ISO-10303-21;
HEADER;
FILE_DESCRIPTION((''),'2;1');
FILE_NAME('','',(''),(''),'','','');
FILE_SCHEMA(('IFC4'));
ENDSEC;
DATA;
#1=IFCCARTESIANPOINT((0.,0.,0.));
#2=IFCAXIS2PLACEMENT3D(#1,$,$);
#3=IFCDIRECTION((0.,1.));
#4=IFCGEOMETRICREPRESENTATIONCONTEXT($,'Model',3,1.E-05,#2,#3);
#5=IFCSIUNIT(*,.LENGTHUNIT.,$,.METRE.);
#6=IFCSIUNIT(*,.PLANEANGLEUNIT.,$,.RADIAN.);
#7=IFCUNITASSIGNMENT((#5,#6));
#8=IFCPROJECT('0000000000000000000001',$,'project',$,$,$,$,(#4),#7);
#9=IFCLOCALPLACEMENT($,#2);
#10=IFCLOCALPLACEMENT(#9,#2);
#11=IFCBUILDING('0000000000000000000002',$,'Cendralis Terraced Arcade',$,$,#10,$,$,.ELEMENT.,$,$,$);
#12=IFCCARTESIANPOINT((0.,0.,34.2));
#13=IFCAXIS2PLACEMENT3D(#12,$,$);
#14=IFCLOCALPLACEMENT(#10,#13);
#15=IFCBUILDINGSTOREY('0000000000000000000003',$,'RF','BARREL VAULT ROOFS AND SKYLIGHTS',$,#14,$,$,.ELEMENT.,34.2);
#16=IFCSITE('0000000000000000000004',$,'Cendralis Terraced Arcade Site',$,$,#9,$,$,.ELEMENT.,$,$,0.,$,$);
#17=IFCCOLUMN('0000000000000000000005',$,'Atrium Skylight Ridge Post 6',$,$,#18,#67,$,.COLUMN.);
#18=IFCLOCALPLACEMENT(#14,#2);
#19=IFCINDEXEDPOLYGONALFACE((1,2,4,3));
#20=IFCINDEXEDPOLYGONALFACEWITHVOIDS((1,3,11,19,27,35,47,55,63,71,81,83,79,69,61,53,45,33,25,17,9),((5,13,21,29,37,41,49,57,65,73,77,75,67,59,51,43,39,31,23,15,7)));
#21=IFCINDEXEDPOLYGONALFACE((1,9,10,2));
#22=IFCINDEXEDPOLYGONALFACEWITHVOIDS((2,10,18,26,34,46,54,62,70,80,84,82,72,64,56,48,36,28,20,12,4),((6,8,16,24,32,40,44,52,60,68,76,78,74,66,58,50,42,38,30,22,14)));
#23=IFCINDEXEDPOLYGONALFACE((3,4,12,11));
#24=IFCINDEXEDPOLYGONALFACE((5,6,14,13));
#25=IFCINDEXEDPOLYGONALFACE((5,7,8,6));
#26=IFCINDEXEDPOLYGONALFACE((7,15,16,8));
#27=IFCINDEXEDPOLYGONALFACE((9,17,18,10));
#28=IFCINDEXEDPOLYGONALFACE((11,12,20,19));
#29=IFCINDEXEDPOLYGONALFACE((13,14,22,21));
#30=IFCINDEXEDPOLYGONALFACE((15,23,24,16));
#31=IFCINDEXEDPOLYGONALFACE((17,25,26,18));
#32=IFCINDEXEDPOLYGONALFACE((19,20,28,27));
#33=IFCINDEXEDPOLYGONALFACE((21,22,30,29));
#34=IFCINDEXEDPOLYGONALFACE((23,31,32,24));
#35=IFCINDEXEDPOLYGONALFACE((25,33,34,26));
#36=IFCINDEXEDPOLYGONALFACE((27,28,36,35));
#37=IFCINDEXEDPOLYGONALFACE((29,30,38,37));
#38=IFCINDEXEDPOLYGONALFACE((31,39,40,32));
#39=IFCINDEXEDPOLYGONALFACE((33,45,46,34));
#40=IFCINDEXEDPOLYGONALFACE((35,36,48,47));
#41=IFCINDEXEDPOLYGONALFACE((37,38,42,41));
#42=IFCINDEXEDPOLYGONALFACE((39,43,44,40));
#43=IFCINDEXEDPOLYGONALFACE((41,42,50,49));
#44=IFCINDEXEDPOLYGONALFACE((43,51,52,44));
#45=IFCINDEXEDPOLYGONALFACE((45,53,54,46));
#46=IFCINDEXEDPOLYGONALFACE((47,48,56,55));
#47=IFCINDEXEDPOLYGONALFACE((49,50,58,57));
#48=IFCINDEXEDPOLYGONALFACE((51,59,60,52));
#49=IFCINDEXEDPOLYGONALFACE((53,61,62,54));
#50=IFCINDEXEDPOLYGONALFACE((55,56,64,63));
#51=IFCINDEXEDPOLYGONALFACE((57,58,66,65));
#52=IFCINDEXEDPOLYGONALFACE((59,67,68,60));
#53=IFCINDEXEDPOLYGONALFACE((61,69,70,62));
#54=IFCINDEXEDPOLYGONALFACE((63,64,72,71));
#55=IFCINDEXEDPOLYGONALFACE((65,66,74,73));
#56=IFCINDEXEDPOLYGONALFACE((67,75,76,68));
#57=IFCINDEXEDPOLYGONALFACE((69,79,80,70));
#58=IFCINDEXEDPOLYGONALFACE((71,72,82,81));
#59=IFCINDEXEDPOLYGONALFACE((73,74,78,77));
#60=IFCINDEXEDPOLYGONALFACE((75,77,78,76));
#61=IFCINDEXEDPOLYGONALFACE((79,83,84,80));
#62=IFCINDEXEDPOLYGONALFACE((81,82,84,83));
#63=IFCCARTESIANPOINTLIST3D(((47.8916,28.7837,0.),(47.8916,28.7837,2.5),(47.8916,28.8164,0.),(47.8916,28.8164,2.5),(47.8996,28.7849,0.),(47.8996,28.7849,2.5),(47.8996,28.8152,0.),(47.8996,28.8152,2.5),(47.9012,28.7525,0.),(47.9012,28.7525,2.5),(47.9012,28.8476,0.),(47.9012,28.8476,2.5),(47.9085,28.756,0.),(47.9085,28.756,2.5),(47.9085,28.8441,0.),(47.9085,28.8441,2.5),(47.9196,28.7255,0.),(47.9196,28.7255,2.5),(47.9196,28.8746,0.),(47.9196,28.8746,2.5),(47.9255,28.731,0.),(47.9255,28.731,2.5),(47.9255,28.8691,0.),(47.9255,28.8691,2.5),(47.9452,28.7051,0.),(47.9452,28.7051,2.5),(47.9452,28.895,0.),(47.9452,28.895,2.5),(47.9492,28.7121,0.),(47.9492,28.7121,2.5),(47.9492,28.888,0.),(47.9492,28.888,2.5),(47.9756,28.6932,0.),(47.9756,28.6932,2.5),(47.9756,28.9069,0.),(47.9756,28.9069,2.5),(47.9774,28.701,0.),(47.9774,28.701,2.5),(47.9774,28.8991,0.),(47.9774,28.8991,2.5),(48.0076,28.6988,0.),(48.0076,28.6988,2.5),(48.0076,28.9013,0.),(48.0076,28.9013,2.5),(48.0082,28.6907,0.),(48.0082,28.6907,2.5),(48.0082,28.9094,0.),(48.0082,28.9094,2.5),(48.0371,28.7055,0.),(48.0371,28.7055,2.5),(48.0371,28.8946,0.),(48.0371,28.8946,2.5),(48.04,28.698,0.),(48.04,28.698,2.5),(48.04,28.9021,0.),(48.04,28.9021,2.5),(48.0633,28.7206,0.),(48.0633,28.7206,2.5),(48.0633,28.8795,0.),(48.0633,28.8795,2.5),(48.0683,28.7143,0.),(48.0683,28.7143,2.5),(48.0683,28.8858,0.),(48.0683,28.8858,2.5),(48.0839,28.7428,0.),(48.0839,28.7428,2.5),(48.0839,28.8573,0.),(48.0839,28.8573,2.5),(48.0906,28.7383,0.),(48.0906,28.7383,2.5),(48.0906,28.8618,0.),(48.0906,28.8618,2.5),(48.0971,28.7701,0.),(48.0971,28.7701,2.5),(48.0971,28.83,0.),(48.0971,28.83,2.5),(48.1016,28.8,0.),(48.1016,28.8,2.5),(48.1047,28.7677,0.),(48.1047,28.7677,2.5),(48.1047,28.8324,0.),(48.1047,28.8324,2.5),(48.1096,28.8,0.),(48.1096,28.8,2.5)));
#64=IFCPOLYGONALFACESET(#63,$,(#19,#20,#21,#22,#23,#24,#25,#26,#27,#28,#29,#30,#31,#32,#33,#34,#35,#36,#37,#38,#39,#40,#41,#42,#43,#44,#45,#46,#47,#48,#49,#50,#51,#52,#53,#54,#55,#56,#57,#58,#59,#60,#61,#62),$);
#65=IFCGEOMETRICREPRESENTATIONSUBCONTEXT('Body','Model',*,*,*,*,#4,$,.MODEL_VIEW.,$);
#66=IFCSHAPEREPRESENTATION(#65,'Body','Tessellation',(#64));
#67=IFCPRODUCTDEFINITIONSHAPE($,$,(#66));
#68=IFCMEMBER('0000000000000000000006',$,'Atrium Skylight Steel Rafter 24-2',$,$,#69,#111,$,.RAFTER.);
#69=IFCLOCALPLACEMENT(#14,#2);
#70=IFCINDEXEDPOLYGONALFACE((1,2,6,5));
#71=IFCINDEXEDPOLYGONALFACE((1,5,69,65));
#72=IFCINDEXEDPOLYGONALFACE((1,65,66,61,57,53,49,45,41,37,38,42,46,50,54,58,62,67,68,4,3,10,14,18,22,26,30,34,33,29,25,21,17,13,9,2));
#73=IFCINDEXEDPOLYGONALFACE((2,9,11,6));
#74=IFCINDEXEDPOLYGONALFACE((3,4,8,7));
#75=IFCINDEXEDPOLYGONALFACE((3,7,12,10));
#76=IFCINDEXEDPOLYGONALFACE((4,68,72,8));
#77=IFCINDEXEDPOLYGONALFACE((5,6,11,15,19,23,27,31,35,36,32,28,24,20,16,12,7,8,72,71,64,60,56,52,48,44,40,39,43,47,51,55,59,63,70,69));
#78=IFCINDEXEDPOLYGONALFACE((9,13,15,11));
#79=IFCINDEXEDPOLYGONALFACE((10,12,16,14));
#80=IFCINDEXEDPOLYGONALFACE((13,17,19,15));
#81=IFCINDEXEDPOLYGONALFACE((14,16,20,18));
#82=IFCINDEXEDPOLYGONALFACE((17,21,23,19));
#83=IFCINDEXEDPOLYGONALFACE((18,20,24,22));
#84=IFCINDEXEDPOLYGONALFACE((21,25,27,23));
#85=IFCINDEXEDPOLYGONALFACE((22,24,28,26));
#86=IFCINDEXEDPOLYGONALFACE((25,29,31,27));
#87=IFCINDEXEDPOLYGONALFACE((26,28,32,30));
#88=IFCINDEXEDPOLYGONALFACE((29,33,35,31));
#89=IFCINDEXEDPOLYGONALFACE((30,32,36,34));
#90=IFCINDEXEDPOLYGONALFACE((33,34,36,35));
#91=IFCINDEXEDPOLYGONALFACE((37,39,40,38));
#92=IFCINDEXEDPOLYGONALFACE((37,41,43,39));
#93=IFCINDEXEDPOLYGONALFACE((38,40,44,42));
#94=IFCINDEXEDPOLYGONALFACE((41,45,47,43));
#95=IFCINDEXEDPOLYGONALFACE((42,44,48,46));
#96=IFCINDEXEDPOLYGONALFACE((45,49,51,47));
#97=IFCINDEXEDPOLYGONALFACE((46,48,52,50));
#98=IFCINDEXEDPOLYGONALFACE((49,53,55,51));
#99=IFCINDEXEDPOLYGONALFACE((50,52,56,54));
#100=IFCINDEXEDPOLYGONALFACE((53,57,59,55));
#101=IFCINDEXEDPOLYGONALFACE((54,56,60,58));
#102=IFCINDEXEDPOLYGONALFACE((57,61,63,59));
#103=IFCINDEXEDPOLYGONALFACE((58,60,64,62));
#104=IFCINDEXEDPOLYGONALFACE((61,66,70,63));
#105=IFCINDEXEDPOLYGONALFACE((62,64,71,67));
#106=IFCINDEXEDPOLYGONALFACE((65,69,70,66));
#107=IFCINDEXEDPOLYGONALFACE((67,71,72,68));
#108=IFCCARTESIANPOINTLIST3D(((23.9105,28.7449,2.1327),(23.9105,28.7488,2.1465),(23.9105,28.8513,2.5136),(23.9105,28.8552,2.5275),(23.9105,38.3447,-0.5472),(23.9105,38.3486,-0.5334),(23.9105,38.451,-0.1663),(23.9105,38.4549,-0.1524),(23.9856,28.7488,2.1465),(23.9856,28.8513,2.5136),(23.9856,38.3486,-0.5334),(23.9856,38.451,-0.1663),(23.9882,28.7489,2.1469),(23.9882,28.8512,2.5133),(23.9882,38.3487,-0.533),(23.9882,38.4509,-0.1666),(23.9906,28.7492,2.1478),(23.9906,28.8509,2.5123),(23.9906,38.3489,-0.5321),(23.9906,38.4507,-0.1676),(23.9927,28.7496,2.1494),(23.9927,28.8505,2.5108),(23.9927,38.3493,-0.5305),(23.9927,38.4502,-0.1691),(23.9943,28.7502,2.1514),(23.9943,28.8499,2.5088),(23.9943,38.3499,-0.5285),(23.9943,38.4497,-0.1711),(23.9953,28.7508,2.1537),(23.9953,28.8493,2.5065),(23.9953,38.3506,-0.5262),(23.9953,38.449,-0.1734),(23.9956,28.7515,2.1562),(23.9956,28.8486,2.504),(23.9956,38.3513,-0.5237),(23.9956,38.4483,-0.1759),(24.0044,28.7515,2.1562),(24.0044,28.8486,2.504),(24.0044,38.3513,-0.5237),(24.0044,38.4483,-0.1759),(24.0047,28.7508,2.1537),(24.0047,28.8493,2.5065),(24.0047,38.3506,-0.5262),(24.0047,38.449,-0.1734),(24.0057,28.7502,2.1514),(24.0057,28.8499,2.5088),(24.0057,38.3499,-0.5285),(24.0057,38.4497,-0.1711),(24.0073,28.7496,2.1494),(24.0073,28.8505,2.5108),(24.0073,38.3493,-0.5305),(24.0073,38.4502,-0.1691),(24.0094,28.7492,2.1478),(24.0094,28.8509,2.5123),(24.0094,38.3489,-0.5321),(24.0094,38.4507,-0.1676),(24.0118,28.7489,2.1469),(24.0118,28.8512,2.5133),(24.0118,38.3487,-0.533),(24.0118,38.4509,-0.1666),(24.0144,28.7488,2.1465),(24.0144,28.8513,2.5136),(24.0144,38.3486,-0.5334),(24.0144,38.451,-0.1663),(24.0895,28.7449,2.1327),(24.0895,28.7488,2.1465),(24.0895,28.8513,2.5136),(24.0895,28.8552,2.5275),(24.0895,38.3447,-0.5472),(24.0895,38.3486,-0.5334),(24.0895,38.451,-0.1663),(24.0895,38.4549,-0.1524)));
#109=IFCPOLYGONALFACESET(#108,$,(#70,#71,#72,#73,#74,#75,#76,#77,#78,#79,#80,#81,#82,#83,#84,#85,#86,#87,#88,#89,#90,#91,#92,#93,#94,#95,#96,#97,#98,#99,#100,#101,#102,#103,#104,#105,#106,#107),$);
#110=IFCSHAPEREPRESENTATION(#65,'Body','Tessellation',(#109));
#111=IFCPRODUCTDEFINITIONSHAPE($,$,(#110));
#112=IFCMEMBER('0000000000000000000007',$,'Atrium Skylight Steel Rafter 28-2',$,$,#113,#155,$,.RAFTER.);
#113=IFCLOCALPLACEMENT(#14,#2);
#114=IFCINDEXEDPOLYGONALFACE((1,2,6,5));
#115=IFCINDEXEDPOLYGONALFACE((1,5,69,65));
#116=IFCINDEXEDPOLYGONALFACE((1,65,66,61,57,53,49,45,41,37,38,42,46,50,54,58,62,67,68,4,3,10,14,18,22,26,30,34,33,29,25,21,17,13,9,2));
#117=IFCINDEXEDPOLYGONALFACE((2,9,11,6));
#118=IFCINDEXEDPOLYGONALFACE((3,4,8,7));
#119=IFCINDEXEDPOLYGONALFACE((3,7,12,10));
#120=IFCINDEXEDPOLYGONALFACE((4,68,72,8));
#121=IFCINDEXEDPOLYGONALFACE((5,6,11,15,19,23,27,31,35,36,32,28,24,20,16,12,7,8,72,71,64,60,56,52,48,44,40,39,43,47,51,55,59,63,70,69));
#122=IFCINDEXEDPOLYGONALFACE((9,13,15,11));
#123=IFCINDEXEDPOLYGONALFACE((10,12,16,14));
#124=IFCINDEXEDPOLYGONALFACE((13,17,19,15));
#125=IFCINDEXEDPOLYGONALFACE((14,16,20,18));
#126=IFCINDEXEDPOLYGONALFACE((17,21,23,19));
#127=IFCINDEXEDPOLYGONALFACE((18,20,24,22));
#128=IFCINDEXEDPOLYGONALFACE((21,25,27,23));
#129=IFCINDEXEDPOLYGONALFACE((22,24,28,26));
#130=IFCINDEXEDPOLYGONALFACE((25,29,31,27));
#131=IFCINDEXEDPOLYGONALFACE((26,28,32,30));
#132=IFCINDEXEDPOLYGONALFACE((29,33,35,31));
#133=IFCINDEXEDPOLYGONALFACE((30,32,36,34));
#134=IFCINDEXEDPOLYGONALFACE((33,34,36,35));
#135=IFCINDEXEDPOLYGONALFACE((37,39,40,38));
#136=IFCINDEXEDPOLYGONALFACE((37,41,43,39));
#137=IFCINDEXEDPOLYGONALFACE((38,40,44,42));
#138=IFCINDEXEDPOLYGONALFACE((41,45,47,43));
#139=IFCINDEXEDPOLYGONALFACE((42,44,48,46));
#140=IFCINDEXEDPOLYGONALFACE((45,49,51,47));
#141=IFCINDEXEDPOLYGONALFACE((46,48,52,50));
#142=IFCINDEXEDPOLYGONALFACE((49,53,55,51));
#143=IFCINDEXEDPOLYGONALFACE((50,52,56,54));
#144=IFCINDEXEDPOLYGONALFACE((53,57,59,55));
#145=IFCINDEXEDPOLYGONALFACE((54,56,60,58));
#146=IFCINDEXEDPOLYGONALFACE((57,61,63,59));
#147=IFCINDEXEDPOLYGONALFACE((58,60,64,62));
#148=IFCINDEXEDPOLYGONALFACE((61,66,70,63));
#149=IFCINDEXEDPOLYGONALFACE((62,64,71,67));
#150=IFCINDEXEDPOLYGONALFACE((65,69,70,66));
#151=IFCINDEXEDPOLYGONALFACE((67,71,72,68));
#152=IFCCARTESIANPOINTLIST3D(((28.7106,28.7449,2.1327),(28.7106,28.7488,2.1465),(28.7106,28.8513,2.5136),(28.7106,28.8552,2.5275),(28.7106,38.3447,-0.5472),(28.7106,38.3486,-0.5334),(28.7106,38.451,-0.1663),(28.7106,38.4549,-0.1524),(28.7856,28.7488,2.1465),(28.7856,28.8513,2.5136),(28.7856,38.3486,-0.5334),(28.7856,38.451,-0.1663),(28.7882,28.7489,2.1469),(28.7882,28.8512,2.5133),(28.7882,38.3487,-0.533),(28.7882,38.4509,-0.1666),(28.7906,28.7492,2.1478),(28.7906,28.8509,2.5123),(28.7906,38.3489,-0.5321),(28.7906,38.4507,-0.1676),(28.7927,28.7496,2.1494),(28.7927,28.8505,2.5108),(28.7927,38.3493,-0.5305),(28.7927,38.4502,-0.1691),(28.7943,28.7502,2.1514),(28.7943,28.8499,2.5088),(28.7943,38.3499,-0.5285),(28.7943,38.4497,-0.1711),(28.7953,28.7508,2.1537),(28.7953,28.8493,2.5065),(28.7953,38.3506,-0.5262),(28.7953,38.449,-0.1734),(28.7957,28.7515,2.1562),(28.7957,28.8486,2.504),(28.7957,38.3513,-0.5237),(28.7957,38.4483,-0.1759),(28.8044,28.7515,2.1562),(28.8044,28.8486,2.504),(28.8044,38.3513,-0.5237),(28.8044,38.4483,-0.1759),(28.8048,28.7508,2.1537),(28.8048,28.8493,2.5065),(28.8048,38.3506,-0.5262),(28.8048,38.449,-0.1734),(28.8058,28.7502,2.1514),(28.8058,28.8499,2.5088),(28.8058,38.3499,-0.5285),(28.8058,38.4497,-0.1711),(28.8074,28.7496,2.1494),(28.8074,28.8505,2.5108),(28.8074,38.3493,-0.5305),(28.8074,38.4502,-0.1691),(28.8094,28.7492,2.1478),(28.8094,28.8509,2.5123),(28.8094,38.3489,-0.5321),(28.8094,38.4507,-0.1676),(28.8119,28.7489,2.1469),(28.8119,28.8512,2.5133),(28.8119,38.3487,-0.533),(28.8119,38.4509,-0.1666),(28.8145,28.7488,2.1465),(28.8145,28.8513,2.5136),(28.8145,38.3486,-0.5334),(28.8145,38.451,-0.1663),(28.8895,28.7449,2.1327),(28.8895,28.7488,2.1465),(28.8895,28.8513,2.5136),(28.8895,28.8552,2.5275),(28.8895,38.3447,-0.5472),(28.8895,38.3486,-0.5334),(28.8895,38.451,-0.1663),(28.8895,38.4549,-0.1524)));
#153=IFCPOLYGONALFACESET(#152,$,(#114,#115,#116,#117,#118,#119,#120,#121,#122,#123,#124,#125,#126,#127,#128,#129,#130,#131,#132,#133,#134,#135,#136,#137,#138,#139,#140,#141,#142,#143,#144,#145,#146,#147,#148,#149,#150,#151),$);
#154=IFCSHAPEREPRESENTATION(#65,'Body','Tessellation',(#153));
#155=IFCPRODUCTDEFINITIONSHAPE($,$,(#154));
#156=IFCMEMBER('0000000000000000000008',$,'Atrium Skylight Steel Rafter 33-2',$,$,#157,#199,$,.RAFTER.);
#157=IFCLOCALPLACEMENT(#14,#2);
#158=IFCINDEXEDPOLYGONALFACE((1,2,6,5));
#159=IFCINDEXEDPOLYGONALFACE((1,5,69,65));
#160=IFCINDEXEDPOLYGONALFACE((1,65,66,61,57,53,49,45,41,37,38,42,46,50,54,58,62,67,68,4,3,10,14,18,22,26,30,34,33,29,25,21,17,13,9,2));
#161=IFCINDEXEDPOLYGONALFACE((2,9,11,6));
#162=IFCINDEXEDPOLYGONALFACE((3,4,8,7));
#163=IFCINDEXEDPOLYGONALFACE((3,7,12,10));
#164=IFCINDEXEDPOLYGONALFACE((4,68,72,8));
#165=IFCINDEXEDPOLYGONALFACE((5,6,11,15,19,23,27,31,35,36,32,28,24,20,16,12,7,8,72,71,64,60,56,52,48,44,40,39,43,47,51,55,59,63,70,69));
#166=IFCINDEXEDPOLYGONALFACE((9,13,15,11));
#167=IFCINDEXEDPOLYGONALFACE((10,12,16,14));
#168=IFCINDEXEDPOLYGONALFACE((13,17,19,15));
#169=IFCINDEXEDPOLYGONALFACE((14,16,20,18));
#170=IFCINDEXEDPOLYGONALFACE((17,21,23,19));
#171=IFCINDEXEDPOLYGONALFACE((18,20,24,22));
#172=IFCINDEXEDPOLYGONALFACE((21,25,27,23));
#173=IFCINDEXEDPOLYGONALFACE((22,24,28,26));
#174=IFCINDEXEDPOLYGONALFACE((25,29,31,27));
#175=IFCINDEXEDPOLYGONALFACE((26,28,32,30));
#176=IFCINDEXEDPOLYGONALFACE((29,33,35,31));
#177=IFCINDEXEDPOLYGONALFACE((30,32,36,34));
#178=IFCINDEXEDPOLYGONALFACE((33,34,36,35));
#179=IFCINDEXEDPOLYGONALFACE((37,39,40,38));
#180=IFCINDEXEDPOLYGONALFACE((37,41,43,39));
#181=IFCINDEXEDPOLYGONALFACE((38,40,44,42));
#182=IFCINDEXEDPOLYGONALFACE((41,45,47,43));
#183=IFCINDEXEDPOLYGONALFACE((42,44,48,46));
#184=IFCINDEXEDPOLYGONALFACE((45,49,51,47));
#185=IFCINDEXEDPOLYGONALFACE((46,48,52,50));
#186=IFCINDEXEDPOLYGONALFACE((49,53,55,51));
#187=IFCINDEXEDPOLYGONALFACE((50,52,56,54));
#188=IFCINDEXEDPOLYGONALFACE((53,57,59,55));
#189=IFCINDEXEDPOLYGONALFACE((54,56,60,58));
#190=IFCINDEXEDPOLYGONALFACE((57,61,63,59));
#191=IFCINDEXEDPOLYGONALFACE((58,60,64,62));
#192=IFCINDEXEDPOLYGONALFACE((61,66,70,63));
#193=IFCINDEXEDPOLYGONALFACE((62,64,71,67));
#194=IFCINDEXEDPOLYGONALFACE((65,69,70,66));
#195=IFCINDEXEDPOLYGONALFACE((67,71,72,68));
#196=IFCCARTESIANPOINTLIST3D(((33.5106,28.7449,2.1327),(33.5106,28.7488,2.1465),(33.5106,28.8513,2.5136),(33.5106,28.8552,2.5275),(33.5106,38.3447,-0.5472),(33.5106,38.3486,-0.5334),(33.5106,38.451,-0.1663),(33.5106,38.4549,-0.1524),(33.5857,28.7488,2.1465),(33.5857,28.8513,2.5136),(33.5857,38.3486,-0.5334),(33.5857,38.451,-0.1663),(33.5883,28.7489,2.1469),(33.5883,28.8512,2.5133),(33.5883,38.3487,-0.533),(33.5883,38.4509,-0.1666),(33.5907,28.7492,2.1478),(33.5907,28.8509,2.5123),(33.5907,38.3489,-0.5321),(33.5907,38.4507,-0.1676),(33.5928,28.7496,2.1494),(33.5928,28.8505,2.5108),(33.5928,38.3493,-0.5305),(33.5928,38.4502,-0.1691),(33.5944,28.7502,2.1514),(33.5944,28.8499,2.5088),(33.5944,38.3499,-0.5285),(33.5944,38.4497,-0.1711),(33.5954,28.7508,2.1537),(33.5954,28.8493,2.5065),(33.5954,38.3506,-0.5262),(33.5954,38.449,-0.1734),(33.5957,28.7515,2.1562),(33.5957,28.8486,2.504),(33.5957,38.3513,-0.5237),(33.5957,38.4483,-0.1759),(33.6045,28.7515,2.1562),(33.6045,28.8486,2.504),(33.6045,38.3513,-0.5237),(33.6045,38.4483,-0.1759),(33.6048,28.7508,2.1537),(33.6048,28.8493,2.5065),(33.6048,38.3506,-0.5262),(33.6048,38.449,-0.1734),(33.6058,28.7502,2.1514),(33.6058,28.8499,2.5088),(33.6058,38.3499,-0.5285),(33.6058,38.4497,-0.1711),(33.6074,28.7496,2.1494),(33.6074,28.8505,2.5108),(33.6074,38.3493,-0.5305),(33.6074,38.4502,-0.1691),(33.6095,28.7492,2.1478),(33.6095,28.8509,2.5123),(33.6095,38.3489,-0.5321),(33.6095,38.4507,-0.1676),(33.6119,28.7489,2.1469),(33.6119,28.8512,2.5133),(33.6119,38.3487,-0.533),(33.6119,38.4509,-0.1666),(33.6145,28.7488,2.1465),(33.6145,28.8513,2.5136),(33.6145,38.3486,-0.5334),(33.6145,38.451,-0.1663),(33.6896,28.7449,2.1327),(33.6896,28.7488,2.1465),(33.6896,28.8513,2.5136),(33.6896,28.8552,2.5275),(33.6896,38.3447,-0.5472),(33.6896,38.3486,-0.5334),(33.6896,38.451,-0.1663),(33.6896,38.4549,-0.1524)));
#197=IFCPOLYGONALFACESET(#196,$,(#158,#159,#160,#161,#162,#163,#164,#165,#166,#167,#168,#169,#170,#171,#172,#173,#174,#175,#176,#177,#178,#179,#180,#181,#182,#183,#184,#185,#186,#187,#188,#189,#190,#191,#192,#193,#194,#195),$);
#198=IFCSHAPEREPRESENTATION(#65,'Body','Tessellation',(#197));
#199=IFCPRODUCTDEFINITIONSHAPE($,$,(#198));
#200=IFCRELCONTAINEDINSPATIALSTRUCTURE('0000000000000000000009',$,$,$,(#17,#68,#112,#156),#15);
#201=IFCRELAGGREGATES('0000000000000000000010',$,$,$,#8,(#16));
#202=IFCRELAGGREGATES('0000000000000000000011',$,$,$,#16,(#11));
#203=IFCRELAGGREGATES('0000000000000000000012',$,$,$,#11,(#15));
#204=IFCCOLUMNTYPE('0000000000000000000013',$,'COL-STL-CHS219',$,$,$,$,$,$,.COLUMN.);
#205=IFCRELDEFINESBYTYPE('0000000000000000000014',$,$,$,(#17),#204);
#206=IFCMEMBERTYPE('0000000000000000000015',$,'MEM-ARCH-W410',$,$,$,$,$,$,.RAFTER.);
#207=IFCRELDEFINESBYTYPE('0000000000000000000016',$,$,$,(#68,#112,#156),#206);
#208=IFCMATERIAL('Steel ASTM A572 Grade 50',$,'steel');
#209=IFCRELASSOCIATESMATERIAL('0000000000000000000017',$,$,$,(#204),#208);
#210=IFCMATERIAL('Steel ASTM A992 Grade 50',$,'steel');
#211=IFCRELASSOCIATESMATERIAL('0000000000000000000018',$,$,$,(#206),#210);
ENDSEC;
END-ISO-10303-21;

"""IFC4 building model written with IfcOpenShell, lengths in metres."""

from ifc_helpers import new_model, si_unit, direction, frame, origin, origin_2d, place, context, subcontext, project, spatial, hollow_circle, i_section, extrude, material, material_profile, profile_set, type_object, element, save


model = new_model("IFC4")

# Units and contexts
model_context = context("Model", 3, precision=1e-05, world=origin(), true_north=direction((0.0, 1.0)))
body_context = subcontext(model_context, "Body", "Model", "MODEL_VIEW")
ifc_project = project(units=[si_unit("LENGTHUNIT", "METRE"), si_unit("PLANEANGLEUNIT", "RADIAN")], contexts=[model_context])

# Site, building, storey
site_placement = place(None, origin())
site = spatial("IfcSite", under=ifc_project, at=site_placement, Name="Cendralis Terraced Arcade Site", CompositionType="ELEMENT", RefElevation=0.0)
building_placement = place(site_placement, origin())
building = spatial("IfcBuilding", under=site, at=building_placement, Name="Cendralis Terraced Arcade", CompositionType="ELEMENT")
storey_placement = place(building_placement, frame((0.0, 0.0, 34.2)))
storey = spatial("IfcBuildingStorey", under=building, at=storey_placement, Name="RF", Description="BARREL VAULT ROOFS AND SKYLIGHTS", CompositionType="ELEMENT", Elevation=34.2)

# Column
ifc_material_1 = material(Name="Steel ASTM A572 Grade 50", Category="steel")
ifc_material_profile_1 = material_profile(ifc_material_1, hollow_circle(Radius=0.1096, WallThickness=0.0081, at=origin_2d()), Name="CHS219X8", Category="LoadBearing")
ifc_profile_set_1 = profile_set([ifc_material_profile_1], Name="Steel ASTM A572 Grade 50")
column_type = type_object("IfcColumnType", Name="COL-STL-CHS219", PredefinedType="COLUMN", material=ifc_profile_set_1)
column_placement = place(storey_placement, frame((48.0, 28.8, 0.0), z_axis=(0.0, 0.0, 1.0), x_axis=(1.0, 0.0, 0.0)))
element("IfcColumn", 1, at=column_placement, inside=storey, type_object=column_type, Name="Atrium Skylight Ridge Post 6", PredefinedType="COLUMN", context=body_context, shape_type="SweptSolid", body=[
    extrude(hollow_circle(Radius=0.1096, WallThickness=0.0081, at=origin_2d()), origin(), (0.0, 0.0, 1.0), 2.5),
])

# Members
ifc_material_2 = material(Name="Steel ASTM A992 Grade 50", Category="steel")
ifc_material_profile_2 = material_profile(ifc_material_2, i_section(OverallWidth=0.179, OverallDepth=0.4099, WebThickness=0.0088, FlangeThickness=0.0144, FilletRadius=0.01, at=origin_2d()), Name="W410X67", Category="LoadBearing")
ifc_profile_set_2 = profile_set([ifc_material_profile_2], Name="Steel ASTM A992 Grade 50")
member_type_1 = type_object("IfcMemberType", Name="MEM-ARCH-W410", PredefinedType="RAFTER", material=ifc_profile_set_2)
for number, where, z_axis, x_axis, name in (
    (2, (24.0, 28.8, 2.3301), (0.0, 0.963173, -0.268883), (-1.0, 0.0, 0.0), "Atrium Skylight Steel Rafter 24-2"),
    (3, (28.8, 28.8, 2.3301), (0.0, 0.963173, -0.268883), (-1.0, 0.0, 0.0), "Atrium Skylight Steel Rafter 28-2"),
    (4, (33.6001, 28.8, 2.3301), (0.0, 0.963173, -0.268883), (-1.0, 0.0, 0.0), "Atrium Skylight Steel Rafter 33-2"),
):
    element("IfcMember", number, at=place(storey_placement, frame(where, z_axis=z_axis, x_axis=x_axis)), inside=storey, type_object=member_type_1, Name=name, PredefinedType="RAFTER", context=body_context, shape_type="SweptSolid", body=[
        extrude(i_section(OverallWidth=0.179, OverallDepth=0.4099, WebThickness=0.0088, FlangeThickness=0.0144, FilletRadius=0.01, at=origin_2d()), origin(), (0.0, 0.0, 1.0), 9.9668),
    ])

save(model, "model.ifc")
